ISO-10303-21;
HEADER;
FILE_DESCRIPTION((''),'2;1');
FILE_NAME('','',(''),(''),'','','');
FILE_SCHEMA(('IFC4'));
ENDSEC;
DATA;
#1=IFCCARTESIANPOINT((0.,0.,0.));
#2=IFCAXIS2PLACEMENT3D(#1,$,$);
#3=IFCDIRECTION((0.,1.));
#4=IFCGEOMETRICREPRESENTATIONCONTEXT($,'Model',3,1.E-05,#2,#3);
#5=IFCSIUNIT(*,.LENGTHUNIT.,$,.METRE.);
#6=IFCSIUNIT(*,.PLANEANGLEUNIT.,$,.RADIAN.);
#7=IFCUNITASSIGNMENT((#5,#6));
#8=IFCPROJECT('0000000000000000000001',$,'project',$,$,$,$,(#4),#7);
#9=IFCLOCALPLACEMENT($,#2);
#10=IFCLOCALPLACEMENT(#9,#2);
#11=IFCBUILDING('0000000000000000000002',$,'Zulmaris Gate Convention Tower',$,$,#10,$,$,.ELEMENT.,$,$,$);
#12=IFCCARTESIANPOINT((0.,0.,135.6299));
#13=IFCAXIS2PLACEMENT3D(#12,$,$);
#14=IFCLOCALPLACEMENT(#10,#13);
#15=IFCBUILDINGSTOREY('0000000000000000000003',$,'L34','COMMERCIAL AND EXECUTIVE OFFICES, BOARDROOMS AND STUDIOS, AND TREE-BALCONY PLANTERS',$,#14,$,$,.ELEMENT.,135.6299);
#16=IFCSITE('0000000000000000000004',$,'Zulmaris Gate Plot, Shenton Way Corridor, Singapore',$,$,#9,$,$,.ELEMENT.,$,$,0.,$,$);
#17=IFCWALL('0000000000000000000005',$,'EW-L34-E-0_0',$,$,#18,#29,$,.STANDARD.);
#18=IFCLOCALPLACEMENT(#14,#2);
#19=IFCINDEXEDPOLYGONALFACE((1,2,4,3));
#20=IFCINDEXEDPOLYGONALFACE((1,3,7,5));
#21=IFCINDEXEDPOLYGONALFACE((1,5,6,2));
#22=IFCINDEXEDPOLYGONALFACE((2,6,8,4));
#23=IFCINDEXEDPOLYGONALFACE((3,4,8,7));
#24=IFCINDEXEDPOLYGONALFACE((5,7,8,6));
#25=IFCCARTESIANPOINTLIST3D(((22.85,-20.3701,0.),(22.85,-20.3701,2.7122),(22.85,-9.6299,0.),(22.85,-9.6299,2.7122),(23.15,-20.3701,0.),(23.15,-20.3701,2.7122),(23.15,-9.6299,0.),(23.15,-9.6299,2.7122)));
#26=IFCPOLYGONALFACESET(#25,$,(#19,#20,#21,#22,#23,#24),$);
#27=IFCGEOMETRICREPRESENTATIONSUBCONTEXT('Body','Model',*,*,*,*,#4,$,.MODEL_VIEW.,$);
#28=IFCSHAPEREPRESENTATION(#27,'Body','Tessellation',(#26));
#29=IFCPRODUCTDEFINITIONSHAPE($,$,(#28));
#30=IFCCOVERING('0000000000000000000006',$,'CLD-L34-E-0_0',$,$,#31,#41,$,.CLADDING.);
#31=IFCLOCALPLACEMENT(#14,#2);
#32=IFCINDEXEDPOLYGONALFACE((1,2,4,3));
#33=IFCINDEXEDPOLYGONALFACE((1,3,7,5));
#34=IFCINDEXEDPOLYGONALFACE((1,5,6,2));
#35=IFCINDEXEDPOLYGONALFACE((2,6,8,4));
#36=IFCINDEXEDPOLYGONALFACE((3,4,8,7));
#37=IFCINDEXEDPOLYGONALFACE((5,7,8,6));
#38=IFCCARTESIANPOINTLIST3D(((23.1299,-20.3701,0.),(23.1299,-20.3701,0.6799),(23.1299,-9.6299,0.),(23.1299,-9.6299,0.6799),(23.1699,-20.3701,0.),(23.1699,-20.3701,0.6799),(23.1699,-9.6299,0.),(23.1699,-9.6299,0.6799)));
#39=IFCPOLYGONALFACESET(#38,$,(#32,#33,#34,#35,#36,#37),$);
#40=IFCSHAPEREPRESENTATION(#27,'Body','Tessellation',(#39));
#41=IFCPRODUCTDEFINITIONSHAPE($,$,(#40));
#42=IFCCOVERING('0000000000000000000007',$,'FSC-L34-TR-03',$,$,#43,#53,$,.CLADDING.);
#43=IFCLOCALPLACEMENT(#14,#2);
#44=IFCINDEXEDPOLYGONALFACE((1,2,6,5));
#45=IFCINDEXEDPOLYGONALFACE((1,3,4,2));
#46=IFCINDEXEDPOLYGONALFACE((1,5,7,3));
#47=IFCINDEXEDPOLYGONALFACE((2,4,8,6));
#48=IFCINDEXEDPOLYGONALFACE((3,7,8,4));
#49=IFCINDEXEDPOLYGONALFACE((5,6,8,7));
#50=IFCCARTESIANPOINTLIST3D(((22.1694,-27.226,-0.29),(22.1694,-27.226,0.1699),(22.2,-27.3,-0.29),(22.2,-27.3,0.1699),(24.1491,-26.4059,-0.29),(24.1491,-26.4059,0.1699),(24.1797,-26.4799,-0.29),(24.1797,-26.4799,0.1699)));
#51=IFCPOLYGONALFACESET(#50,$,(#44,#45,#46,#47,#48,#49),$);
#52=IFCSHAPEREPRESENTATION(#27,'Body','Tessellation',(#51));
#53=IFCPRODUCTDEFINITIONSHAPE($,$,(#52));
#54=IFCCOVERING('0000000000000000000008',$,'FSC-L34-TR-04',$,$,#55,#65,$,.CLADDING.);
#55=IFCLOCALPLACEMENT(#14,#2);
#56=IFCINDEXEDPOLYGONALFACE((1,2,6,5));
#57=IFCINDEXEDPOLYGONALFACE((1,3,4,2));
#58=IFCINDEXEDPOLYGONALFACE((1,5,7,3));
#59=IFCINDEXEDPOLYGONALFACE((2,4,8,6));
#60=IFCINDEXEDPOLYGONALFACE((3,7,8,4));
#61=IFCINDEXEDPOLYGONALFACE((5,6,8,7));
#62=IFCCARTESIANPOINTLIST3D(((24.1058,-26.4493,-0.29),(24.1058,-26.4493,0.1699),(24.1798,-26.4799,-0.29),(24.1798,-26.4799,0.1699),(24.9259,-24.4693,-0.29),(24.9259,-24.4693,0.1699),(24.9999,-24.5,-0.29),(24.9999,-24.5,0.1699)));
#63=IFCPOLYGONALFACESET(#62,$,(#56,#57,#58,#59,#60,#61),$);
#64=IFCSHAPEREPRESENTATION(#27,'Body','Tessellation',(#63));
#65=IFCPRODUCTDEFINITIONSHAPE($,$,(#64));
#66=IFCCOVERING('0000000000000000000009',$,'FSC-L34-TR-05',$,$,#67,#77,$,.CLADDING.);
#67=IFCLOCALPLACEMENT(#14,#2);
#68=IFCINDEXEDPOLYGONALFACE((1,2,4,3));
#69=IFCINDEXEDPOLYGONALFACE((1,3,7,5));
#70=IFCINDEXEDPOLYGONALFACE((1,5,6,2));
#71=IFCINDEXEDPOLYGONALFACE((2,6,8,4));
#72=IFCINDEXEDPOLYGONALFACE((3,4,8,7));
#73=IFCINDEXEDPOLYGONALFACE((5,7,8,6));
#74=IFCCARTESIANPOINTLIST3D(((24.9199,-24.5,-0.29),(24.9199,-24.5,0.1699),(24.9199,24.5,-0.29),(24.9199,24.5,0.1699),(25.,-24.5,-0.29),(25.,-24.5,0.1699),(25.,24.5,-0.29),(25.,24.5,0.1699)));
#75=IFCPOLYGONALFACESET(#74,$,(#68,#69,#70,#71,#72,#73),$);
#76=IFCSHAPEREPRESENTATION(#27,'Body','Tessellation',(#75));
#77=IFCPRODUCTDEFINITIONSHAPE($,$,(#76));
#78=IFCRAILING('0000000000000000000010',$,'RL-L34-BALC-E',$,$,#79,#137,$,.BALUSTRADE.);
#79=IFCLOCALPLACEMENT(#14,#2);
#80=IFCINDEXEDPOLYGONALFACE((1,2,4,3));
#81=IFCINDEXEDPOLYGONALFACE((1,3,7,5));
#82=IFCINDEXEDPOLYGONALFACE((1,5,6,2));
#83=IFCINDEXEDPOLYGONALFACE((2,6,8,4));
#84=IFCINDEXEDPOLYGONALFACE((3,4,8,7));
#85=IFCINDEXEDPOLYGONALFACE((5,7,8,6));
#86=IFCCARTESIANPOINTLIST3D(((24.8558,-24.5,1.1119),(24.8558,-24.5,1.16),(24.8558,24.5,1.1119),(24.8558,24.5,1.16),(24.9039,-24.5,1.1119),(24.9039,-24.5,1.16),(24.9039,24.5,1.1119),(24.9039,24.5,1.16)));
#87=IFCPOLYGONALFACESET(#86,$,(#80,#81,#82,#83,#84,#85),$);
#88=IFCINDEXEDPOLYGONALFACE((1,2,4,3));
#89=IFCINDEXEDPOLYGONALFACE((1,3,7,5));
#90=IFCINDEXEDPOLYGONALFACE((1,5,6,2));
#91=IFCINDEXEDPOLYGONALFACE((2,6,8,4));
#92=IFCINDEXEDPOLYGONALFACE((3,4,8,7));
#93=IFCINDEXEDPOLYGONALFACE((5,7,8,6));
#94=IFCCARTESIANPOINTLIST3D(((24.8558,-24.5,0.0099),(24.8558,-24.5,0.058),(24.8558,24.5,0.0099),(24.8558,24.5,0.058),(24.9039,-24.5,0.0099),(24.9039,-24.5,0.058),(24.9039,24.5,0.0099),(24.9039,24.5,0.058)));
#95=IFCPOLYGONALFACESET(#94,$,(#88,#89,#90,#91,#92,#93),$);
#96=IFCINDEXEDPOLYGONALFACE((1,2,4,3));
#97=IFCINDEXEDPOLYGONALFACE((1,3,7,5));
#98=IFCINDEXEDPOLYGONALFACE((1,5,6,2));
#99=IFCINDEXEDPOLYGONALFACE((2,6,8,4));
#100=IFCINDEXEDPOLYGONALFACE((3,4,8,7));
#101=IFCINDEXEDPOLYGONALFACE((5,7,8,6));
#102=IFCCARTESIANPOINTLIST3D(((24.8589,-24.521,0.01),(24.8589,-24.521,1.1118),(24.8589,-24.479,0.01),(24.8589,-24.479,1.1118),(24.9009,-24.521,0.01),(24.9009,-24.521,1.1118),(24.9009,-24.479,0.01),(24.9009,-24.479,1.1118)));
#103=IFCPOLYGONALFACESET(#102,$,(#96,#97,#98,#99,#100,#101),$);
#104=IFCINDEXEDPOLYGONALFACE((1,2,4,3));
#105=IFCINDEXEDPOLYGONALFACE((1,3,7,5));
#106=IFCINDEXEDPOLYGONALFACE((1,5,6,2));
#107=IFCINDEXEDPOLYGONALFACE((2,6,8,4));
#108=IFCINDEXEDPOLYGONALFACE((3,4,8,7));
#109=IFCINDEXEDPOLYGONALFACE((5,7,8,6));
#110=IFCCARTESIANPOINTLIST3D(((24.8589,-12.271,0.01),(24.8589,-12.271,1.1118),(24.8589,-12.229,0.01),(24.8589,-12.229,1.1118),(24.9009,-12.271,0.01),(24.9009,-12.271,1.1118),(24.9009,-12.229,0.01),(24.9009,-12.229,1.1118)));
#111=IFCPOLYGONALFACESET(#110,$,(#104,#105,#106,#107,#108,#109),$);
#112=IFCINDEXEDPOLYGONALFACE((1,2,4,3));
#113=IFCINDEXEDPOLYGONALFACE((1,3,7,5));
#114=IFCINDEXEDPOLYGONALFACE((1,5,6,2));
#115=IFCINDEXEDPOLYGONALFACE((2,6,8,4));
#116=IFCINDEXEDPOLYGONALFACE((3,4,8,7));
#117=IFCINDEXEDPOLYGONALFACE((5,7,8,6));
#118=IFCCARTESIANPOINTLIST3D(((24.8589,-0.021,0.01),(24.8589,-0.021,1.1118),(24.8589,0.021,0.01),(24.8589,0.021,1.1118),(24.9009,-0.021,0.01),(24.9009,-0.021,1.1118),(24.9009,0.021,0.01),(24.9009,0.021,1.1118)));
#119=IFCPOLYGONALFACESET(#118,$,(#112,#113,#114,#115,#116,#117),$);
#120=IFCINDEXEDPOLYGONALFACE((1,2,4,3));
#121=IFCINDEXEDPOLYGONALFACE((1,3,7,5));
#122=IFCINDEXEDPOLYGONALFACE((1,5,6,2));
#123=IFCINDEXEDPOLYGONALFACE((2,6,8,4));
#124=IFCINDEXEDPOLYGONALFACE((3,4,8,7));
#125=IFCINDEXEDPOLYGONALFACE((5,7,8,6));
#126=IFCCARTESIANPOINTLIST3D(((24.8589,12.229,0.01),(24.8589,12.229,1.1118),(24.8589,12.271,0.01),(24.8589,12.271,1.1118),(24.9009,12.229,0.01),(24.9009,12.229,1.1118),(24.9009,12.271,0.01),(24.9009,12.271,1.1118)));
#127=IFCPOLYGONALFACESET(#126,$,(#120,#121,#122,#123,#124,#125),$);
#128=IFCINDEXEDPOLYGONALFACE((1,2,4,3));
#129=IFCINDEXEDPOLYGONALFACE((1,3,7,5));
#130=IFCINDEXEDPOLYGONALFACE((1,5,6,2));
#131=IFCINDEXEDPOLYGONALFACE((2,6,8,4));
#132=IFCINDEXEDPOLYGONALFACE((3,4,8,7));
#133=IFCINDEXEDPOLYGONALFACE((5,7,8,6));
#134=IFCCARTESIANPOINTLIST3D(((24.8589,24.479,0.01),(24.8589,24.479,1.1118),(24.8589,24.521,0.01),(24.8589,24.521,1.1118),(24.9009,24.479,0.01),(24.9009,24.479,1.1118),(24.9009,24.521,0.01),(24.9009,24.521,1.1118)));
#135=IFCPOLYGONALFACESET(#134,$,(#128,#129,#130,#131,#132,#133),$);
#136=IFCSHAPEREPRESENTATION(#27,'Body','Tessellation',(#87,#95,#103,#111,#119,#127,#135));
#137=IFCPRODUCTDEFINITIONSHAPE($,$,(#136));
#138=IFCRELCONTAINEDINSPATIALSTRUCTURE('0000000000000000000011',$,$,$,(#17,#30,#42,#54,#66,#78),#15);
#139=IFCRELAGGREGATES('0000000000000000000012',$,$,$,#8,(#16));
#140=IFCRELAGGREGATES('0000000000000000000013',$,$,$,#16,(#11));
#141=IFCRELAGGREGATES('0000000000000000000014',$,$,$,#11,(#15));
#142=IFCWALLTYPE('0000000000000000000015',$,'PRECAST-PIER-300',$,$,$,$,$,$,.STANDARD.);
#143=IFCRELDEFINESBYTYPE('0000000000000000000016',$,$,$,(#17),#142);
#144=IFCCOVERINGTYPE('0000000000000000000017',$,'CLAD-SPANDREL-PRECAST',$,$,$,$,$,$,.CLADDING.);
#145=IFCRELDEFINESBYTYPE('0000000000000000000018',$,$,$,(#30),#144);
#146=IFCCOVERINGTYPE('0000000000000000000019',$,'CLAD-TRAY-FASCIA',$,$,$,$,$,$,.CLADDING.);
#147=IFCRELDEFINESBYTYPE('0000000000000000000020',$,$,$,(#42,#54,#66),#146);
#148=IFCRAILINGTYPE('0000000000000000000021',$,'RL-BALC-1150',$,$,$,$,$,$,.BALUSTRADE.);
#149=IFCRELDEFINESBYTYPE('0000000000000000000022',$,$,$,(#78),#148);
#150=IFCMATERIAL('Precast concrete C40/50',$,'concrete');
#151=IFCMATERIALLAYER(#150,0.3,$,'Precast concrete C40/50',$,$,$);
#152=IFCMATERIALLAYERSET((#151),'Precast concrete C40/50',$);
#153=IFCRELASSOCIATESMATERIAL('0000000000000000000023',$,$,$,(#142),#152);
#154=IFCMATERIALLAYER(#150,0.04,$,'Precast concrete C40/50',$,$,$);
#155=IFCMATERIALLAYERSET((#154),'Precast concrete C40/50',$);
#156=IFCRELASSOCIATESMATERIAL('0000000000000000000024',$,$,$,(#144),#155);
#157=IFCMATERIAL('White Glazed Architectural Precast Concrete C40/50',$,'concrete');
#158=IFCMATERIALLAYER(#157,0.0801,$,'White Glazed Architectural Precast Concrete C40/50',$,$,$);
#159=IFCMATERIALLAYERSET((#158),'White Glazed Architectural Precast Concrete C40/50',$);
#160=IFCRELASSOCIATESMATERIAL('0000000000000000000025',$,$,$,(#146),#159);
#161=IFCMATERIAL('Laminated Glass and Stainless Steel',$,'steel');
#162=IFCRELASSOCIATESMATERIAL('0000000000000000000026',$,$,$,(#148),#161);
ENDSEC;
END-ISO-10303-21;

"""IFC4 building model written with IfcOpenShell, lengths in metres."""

from ifc_helpers import new_model, si_unit, direction, frame, frame_2d, origin, origin_2d, place, context, subcontext, project, spatial, rectangle, extrude, material, layer, layer_set, type_object, element, save


model = new_model("IFC4")

# Units and contexts
model_context = context("Model", 3, precision=1e-05, world=origin(), true_north=direction((0.0, 1.0)))
body_context = subcontext(model_context, "Body", "Model", "MODEL_VIEW")
ifc_project = project(units=[si_unit("LENGTHUNIT", "METRE"), si_unit("PLANEANGLEUNIT", "RADIAN")], contexts=[model_context])

# Site, building, storey
site_placement = place(None, origin())
site = spatial("IfcSite", under=ifc_project, at=site_placement, Name="Zulmaris Gate Plot, Shenton Way Corridor, Singapore", CompositionType="ELEMENT", RefElevation=0.0)
building_placement = place(site_placement, origin())
building = spatial("IfcBuilding", under=site, at=building_placement, Name="Zulmaris Gate Convention Tower", CompositionType="ELEMENT")
storey_placement = place(building_placement, frame((0.0, 0.0, 135.6299)))
storey = spatial("IfcBuildingStorey", under=building, at=storey_placement, Name="L34", Description="COMMERCIAL AND EXECUTIVE OFFICES, BOARDROOMS AND STUDIOS, AND TREE-BALCONY PLANTERS", CompositionType="ELEMENT", Elevation=135.6299)

# Shared definitions
ifc_material_1 = material(Name="Precast concrete C40/50", Category="concrete")
ifc_layer_1 = layer(ifc_material_1, 0.3, Name="Precast concrete C40/50")
ifc_layer_set_1 = layer_set([ifc_layer_1], Name="Precast concrete C40/50")
wall_type_1 = type_object("IfcWallType", Name="PRECAST-PIER-300", PredefinedType="STANDARD", material=ifc_layer_set_1)

# Wall
wall_1_placement = place(storey_placement, frame((23.0, -20.3701, 0.0), z_axis=(0.0, 0.0, 1.0), x_axis=(0.0, 1.0, 0.0)))
element("IfcWall", 1, at=wall_1_placement, inside=storey, type_object=wall_type_1, Name="EW-L34-E-0_0", PredefinedType="STANDARD", context=body_context, shape_type="SweptSolid", body=[
    extrude(rectangle(XDim=10.7402, YDim=0.3, at=frame_2d((5.3701, 0.0))), origin(), (0.0, 0.0, 1.0), 2.7122),
])

# Coverings
ifc_layer_2 = layer(ifc_material_1, 0.04, Name="Precast concrete C40/50")
ifc_layer_set_2 = layer_set([ifc_layer_2], Name="Precast concrete C40/50")
covering_type_1 = type_object("IfcCoveringType", Name="CLAD-SPANDREL-PRECAST", PredefinedType="CLADDING", material=ifc_layer_set_2)
covering_1_placement = place(storey_placement, frame((23.1499, -20.3701, 0.0), z_axis=(0.0, 0.0, 1.0), x_axis=(0.0, 1.0, 0.0)))
element("IfcCovering", 2, at=covering_1_placement, inside=storey, type_object=covering_type_1, Name="CLD-L34-E-0_0", PredefinedType="CLADDING", context=body_context, shape_type="SweptSolid", body=[
    extrude(rectangle(XDim=10.7402, YDim=0.04, at=frame_2d((5.3701, 0.0))), origin(), (0.0, 0.0, 1.0), 0.6799),
])
ifc_material_2 = material(Name="White Glazed Architectural Precast Concrete C40/50", Category="concrete")
ifc_layer_3 = layer(ifc_material_2, 0.0801, Name="White Glazed Architectural Precast Concrete C40/50")
ifc_layer_set_3 = layer_set([ifc_layer_3], Name="White Glazed Architectural Precast Concrete C40/50")
covering_type_2 = type_object("IfcCoveringType", Name="CLAD-TRAY-FASCIA", PredefinedType="CLADDING", material=ifc_layer_set_3)
covering_2_placement = place(storey_placement, frame((22.1848, -27.2629, -0.29), z_axis=(0.0, 0.0, 1.0), x_axis=(0.923874, 0.382697, 0.0)))
element("IfcCovering", 3, at=covering_2_placement, inside=storey, type_object=covering_type_2, Name="FSC-L34-TR-03", PredefinedType="CLADDING", context=body_context, shape_type="SweptSolid", body=[
    extrude(rectangle(XDim=2.1428, YDim=0.0801, at=frame_2d((1.0713, 0.0))), origin(), (0.0, 0.0, 1.0), 0.46),
])
covering_3_placement = place(storey_placement, frame((24.1428, -26.4646, -0.29), z_axis=(0.0, 0.0, 1.0), x_axis=(0.382657, 0.92389, 0.0)))
element("IfcCovering", 4, at=covering_3_placement, inside=storey, type_object=covering_type_2, Name="FSC-L34-TR-04", PredefinedType="CLADDING", context=body_context, shape_type="SweptSolid", body=[
    extrude(rectangle(XDim=2.1431, YDim=0.0801, at=frame_2d((1.0715, 0.0))), origin(), (0.0, 0.0, 1.0), 0.46),
])
covering_4_placement = place(storey_placement, frame((24.96, -24.5, -0.29), z_axis=(0.0, 0.0, 1.0), x_axis=(0.0, 1.0, 0.0)))
element("IfcCovering", 5, at=covering_4_placement, inside=storey, type_object=covering_type_2, Name="FSC-L34-TR-05", PredefinedType="CLADDING", context=body_context, shape_type="SweptSolid", body=[
    extrude(rectangle(XDim=49.0, YDim=0.0801, at=frame_2d((24.5, 0.0))), origin(), (0.0, 0.0, 1.0), 0.46),
])

# Railing
ifc_material_3 = material(Name="Laminated Glass and Stainless Steel", Category="steel")
railing_type = type_object("IfcRailingType", Name="RL-BALC-1150", PredefinedType="BALUSTRADE", material=ifc_material_3)
railing_placement = place(storey_placement, frame((24.8799, -24.5, 0.01)))
element("IfcRailing", 6, at=railing_placement, inside=storey, type_object=railing_type, Name="RL-L34-BALC-E", PredefinedType="BALUSTRADE", context=body_context, shape_type="SweptSolid", body=[
    extrude(rectangle(XDim=0.0481, YDim=0.0481, at=origin_2d()), frame((0.0, 0.0, 1.126), z_axis=(0.0, 1.0, 0.0), x_axis=(-1.0, 0.0, 0.0)), (0.0, 0.0, 1.0), 49.0),
    extrude(rectangle(XDim=0.0481, YDim=0.0481, at=origin_2d()), frame((0.0, 0.0, 0.0239), z_axis=(0.0, 1.0, 0.0), x_axis=(-1.0, 0.0, 0.0)), (0.0, 0.0, 1.0), 49.0),
    extrude(rectangle(XDim=0.042, YDim=0.042, at=origin_2d()), origin(), (0.0, 0.0, 1.0), 1.1018),
    extrude(rectangle(XDim=0.042, YDim=0.042, at=origin_2d()), frame((0.0, 12.25, 0.0)), (0.0, 0.0, 1.0), 1.1018),
    extrude(rectangle(XDim=0.042, YDim=0.042, at=origin_2d()), frame((0.0, 24.5, 0.0)), (0.0, 0.0, 1.0), 1.1018),
    extrude(rectangle(XDim=0.042, YDim=0.042, at=origin_2d()), frame((0.0, 36.75, 0.0)), (0.0, 0.0, 1.0), 1.1018),
    extrude(rectangle(XDim=0.042, YDim=0.042, at=origin_2d()), frame((0.0, 49.0, 0.0)), (0.0, 0.0, 1.0), 1.1018),
])

save(model, "model.ifc")
